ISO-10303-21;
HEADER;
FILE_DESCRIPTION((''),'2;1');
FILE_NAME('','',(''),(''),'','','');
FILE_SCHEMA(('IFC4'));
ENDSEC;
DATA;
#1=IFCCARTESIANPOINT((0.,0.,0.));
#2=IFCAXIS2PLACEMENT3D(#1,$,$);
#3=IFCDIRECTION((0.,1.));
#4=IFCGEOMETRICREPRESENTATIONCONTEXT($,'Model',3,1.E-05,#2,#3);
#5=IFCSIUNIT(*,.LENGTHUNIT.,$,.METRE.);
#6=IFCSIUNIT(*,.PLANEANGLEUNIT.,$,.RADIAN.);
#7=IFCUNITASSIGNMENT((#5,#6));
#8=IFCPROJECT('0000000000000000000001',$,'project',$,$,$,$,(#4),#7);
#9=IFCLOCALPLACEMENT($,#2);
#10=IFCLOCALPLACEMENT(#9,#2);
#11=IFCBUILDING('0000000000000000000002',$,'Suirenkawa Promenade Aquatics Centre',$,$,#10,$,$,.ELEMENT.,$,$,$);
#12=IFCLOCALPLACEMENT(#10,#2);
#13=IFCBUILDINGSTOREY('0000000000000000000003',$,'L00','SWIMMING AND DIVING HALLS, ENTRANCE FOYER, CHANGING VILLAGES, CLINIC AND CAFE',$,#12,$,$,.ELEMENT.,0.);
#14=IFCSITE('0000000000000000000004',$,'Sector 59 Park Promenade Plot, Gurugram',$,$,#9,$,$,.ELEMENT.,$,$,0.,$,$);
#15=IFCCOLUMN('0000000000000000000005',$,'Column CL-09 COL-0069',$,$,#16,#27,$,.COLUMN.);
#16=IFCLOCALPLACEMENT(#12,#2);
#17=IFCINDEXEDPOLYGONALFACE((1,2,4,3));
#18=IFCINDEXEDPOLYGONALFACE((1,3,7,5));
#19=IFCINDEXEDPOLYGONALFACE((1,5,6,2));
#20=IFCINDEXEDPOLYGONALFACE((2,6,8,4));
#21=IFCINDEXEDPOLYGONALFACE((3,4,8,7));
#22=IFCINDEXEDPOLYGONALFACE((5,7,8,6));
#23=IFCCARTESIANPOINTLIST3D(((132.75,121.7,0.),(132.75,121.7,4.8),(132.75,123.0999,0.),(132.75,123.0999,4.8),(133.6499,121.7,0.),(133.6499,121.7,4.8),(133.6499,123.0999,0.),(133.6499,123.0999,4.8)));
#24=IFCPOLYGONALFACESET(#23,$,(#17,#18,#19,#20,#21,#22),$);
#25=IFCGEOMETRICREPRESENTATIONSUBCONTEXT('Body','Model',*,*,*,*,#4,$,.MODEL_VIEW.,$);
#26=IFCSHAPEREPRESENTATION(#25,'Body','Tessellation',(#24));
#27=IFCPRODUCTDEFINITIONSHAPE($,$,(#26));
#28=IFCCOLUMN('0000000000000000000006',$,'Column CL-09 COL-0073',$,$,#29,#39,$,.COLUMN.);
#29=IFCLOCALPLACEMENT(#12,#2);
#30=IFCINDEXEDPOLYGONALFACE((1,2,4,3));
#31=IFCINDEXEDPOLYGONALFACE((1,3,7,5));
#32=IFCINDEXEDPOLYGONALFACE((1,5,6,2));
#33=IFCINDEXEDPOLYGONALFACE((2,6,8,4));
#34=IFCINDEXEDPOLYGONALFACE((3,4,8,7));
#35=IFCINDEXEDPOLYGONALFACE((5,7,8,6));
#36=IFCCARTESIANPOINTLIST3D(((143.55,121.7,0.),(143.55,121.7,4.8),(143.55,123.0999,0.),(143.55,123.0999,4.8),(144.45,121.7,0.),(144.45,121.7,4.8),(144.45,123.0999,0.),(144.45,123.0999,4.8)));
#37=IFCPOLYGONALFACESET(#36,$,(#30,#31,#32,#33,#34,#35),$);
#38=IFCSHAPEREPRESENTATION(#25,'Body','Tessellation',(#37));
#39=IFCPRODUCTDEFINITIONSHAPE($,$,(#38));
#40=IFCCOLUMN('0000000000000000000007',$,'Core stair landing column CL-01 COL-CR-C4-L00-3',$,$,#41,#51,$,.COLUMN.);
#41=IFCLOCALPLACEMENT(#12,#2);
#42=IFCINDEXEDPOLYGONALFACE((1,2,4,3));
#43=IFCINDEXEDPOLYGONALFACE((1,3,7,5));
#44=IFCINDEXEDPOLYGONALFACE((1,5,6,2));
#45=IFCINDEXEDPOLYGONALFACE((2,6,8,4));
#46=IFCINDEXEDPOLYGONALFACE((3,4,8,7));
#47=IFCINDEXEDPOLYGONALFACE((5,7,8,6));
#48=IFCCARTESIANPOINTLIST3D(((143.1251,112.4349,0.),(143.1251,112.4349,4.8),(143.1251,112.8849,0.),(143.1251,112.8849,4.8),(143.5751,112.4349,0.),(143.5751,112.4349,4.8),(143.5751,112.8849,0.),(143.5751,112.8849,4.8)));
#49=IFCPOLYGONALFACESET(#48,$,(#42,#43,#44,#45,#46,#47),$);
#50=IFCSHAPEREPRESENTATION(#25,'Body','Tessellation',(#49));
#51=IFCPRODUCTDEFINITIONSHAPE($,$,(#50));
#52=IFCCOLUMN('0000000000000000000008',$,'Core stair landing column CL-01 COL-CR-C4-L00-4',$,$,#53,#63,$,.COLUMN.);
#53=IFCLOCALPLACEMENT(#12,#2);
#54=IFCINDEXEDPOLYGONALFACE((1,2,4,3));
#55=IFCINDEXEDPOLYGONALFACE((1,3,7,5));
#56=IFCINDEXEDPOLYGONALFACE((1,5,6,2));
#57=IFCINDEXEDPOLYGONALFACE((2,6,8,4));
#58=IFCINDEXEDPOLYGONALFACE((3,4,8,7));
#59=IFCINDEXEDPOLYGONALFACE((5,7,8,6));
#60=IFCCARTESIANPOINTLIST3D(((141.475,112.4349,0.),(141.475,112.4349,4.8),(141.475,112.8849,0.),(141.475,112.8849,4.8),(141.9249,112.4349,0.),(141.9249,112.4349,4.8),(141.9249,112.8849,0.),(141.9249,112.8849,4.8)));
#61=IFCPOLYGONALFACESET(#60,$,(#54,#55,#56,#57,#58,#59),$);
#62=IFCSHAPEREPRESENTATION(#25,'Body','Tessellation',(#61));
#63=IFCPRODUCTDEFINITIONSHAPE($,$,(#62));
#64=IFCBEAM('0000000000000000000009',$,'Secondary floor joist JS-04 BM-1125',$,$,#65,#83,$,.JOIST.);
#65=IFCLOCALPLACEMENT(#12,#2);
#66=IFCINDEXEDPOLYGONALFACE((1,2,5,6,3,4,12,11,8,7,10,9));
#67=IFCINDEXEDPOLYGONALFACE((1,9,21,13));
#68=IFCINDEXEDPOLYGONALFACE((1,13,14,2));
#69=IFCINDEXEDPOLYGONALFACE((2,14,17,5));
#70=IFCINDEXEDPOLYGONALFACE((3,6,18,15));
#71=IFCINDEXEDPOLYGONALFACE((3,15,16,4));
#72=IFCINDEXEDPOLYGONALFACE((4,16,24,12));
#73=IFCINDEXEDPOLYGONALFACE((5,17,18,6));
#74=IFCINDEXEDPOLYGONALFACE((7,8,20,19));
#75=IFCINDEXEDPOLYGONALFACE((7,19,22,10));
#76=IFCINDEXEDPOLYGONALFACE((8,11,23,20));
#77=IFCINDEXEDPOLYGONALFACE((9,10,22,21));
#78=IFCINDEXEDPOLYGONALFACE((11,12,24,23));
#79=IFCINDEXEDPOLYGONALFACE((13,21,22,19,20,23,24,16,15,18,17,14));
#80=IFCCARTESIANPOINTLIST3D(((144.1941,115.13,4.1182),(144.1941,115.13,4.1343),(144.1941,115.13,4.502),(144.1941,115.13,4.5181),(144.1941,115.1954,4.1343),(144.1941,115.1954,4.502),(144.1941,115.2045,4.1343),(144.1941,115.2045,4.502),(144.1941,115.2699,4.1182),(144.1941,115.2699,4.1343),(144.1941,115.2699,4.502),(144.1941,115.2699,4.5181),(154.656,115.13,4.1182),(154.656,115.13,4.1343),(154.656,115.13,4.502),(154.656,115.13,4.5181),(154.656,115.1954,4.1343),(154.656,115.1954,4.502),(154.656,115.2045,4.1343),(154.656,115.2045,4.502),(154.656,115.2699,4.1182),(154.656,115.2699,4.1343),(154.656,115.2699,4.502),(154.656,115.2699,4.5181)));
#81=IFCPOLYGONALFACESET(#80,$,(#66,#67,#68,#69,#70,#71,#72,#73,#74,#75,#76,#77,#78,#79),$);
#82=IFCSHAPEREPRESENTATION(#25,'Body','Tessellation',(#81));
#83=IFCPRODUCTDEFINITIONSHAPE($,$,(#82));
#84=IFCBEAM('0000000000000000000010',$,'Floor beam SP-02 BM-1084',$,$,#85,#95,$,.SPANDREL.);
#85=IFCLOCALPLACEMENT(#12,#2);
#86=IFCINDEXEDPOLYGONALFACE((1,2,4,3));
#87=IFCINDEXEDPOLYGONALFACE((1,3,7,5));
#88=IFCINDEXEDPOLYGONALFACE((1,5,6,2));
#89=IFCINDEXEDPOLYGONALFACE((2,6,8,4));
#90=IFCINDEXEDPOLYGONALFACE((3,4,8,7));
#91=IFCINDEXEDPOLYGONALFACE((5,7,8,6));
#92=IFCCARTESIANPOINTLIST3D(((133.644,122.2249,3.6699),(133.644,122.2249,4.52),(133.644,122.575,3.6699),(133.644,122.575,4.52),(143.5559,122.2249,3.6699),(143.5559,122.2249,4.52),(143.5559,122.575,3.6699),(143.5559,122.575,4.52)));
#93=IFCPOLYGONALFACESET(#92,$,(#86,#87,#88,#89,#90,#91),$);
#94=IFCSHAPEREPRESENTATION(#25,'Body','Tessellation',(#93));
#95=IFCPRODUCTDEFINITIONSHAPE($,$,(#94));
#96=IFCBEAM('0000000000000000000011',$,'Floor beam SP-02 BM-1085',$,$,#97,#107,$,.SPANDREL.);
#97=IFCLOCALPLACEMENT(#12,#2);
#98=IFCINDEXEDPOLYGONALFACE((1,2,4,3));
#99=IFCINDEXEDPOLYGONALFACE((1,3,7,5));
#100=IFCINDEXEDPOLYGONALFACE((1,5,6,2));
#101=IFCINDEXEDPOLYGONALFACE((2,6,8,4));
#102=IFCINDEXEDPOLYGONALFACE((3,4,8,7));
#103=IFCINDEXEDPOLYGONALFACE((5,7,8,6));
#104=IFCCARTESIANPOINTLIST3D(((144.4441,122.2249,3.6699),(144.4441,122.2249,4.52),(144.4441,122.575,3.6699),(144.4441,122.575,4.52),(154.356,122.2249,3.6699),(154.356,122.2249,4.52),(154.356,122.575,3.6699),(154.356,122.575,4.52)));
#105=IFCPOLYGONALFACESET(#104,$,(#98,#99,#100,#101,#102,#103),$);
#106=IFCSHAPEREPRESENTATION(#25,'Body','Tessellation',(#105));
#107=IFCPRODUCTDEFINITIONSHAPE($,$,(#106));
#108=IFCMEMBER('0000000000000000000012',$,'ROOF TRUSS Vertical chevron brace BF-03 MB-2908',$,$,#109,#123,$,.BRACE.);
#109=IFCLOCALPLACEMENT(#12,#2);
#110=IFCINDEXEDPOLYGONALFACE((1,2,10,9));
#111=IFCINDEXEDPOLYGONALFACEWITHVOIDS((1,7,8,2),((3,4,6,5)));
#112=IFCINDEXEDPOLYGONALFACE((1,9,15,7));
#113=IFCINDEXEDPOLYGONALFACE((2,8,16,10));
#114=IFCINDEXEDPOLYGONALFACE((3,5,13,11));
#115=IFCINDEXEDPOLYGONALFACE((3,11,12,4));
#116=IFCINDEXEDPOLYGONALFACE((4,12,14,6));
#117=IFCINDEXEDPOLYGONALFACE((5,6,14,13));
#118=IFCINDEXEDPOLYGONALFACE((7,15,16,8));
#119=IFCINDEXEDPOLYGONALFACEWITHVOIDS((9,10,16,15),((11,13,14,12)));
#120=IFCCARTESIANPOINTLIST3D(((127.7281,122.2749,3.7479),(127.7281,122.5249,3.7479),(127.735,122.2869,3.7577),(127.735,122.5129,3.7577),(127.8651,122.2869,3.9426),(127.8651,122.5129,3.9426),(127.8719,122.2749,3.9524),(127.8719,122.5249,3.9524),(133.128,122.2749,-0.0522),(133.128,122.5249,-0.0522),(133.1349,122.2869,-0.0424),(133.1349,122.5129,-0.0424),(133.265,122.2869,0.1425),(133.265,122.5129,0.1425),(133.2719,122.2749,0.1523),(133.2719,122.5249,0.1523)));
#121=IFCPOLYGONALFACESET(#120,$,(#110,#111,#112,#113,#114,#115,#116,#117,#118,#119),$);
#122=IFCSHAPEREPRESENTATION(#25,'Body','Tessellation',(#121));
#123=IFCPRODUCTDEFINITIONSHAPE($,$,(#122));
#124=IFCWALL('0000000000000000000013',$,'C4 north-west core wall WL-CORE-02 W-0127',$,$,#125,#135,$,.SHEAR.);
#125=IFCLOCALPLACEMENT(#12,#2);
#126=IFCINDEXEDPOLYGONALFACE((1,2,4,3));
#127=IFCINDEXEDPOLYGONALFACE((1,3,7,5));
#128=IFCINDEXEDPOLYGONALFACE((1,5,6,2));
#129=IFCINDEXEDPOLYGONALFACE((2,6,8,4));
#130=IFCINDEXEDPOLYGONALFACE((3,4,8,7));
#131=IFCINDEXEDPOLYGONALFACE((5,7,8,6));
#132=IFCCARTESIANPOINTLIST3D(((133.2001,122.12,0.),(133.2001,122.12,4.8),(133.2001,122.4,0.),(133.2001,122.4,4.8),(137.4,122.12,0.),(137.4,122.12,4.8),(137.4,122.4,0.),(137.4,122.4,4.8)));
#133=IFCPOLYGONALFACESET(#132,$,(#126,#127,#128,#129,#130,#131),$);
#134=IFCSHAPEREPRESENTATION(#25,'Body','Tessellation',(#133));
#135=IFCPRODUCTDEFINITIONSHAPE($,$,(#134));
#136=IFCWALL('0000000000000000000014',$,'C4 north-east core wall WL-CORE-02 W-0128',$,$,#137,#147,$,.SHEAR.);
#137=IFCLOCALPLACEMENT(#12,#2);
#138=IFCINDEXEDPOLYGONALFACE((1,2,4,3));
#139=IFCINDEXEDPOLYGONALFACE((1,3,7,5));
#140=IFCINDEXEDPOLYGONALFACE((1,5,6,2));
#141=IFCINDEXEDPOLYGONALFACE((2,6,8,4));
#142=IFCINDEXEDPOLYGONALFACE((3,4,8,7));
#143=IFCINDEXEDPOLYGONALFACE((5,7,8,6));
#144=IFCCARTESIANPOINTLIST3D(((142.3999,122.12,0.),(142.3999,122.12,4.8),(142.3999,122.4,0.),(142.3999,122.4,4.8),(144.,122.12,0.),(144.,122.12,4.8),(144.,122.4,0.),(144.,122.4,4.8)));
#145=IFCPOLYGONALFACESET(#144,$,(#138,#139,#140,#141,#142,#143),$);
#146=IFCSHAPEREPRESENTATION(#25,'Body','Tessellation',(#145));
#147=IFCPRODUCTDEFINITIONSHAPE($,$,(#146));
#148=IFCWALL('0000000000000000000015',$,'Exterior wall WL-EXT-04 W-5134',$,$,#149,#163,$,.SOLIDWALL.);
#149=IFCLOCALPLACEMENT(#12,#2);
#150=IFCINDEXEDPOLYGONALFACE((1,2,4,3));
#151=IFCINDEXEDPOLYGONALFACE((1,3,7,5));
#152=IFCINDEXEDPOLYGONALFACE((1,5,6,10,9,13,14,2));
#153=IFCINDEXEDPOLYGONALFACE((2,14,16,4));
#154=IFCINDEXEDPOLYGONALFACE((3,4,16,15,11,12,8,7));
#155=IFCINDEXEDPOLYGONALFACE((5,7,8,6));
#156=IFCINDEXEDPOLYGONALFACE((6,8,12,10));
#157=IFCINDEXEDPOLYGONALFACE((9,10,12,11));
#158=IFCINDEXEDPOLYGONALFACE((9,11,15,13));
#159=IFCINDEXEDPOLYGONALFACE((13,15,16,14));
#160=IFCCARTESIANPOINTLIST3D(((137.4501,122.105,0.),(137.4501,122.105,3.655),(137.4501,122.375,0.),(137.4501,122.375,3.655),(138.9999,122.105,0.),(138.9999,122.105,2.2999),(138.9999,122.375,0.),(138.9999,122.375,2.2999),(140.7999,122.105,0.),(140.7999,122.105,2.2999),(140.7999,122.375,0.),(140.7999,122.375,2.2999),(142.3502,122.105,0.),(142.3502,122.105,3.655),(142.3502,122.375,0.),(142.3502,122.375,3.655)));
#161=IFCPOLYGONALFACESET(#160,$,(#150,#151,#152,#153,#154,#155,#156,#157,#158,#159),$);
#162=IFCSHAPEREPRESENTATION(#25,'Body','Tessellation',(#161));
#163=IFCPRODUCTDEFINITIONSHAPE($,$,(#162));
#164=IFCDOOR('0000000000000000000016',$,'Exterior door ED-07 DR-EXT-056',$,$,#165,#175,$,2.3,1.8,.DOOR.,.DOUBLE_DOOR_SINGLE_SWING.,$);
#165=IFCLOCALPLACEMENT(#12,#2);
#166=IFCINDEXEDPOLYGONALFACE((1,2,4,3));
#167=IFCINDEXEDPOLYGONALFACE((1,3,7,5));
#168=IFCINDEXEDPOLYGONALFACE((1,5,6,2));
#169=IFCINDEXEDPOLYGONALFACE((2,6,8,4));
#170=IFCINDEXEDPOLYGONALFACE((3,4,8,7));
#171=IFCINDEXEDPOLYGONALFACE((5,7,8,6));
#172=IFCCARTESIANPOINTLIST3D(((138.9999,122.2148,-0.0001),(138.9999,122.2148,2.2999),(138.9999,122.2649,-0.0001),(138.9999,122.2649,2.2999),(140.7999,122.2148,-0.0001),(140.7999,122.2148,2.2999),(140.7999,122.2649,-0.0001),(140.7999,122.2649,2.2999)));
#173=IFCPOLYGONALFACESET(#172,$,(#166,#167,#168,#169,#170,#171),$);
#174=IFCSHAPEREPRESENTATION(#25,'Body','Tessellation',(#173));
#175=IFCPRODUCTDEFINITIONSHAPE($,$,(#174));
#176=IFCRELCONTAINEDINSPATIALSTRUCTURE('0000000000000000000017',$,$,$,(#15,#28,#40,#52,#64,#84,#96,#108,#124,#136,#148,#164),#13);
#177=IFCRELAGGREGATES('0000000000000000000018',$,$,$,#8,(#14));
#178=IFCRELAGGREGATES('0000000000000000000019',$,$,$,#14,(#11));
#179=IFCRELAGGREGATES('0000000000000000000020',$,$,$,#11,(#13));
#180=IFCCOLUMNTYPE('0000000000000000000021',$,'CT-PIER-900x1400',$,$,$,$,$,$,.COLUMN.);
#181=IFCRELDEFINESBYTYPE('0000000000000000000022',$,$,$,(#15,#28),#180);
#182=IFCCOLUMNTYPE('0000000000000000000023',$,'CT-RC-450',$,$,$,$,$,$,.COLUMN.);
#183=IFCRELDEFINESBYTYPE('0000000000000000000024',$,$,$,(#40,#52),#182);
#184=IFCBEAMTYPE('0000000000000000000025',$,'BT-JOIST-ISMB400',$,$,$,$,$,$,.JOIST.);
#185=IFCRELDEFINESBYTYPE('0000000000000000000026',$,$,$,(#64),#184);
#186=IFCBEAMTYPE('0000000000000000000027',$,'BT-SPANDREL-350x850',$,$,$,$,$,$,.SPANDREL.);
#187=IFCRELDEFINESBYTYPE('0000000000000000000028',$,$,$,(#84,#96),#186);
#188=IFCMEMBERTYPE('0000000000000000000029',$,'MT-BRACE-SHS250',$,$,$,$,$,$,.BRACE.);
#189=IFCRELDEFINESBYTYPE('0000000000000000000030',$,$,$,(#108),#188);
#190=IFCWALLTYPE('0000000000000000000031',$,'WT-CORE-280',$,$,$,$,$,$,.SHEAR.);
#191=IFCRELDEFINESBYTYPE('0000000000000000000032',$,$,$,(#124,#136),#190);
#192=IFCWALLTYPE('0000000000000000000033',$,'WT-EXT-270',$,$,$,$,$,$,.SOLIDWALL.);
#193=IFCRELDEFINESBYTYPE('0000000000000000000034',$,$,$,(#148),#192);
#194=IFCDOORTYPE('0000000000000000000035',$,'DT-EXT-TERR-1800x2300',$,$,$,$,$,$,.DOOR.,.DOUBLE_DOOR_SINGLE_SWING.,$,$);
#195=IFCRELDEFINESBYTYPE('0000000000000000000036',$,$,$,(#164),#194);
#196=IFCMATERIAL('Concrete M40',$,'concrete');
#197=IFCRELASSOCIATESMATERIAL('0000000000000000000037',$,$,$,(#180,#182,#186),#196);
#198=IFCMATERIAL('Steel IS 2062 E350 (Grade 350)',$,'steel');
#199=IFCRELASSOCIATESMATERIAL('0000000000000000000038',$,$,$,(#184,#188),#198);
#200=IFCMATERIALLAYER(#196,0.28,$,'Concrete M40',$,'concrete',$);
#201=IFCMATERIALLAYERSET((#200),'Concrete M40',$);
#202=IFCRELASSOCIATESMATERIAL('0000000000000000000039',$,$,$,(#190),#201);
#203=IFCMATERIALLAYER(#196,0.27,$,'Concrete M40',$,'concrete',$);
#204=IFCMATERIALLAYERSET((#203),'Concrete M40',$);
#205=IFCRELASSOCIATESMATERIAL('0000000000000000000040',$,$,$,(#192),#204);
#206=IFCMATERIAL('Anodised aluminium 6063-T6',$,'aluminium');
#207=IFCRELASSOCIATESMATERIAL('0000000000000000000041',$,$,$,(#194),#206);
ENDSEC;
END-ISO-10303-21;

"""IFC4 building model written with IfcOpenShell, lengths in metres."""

from ifc_helpers import new_model, si_unit, direction, frame, frame_2d, origin, origin_2d, place, context, subcontext, project, spatial, rectangle, hollow_rectangle, i_section, extrude, material, layer, layer_set, material_profile, profile_set, type_object, element, fill, save


model = new_model("IFC4")

# Units and contexts
model_context = context("Model", 3, precision=1e-05, world=origin(), true_north=direction((0.0, 1.0)))
body_context = subcontext(model_context, "Body", "Model", "MODEL_VIEW")
ifc_project = project(units=[si_unit("LENGTHUNIT", "METRE"), si_unit("PLANEANGLEUNIT", "RADIAN")], contexts=[model_context])

# Site, building, storey
site_placement = place(None, origin())
site = spatial("IfcSite", under=ifc_project, at=site_placement, Name="Sector 59 Park Promenade Plot, Gurugram", CompositionType="ELEMENT", RefElevation=0.0)
building_placement = place(site_placement, origin())
building = spatial("IfcBuilding", under=site, at=building_placement, Name="Suirenkawa Promenade Aquatics Centre", CompositionType="ELEMENT")
storey_placement = place(building_placement, origin())
storey = spatial("IfcBuildingStorey", under=building, at=storey_placement, Name="L00", Description="SWIMMING AND DIVING HALLS, ENTRANCE FOYER, CHANGING VILLAGES, CLINIC AND CAFE", CompositionType="ELEMENT", Elevation=0.0)

# Columns
ifc_material_1 = material(Name="Concrete M40", Category="concrete")
ifc_material_profile_1 = material_profile(ifc_material_1, rectangle(XDim=0.8999, YDim=1.3999, at=origin_2d()), Name="RC PIER 900x1400", Category="concrete")
ifc_profile_set_1 = profile_set([ifc_material_profile_1], Name="Concrete M40")
column_type_1 = type_object("IfcColumnType", Name="CT-PIER-900x1400", PredefinedType="COLUMN", material=ifc_profile_set_1)
for number, where, z_axis, x_axis, name in (
    (1, (133.2, 122.3999, 0.0), (0.0, 0.0, 1.0), (1.0, 0.0, 0.0), "Column CL-09 COL-0069"),
    (2, (144.0, 122.3999, 0.0), (0.0, 0.0, 1.0), (1.0, 0.0, 0.0), "Column CL-09 COL-0073"),
):
    element("IfcColumn", number, at=place(storey_placement, frame(where, z_axis=z_axis, x_axis=x_axis)), inside=storey, type_object=column_type_1, Name=name, PredefinedType="COLUMN", context=body_context, shape_type="SweptSolid", body=[
        extrude(rectangle(XDim=0.8999, YDim=1.3999, at=origin_2d()), origin(), (0.0, 0.0, 1.0), 4.8),
    ])
ifc_material_profile_2 = material_profile(ifc_material_1, rectangle(XDim=0.45, YDim=0.45, at=origin_2d()), Name="RC COL 450x450", Category="concrete")
ifc_profile_set_2 = profile_set([ifc_material_profile_2], Name="Concrete M40")
column_type_2 = type_object("IfcColumnType", Name="CT-RC-450", PredefinedType="COLUMN", material=ifc_profile_set_2)
for number, where, z_axis, x_axis, name in (
    (3, (143.3501, 112.6599, 0.0), (0.0, 0.0, 1.0), (1.0, 0.0, 0.0), "Core stair landing column CL-01 COL-CR-C4-L00-3"),
    (4, (141.7, 112.6599, 0.0), (0.0, 0.0, 1.0), (1.0, 0.0, 0.0), "Core stair landing column CL-01 COL-CR-C4-L00-4"),
):
    element("IfcColumn", number, at=place(storey_placement, frame(where, z_axis=z_axis, x_axis=x_axis)), inside=storey, type_object=column_type_2, Name=name, PredefinedType="COLUMN", context=body_context, shape_type="SweptSolid", body=[
        extrude(rectangle(XDim=0.45, YDim=0.45, at=origin_2d()), origin(), (0.0, 0.0, 1.0), 4.8),
    ])

# Beams
ifc_material_2 = material(Name="Steel IS 2062 E350 (Grade 350)", Category="steel")
ifc_material_profile_3 = material_profile(ifc_material_2, i_section(OverallWidth=0.1399, OverallDepth=0.3999, WebThickness=0.009, FlangeThickness=0.0161, at=origin_2d()), Name="ISMB 400", Category="steel")
ifc_profile_set_3 = profile_set([ifc_material_profile_3], Name="Steel IS 2062 E350 (Grade 350)")
beam_type_1 = type_object("IfcBeamType", Name="BT-JOIST-ISMB400", PredefinedType="JOIST", material=ifc_profile_set_3)
beam_placement = place(storey_placement, frame((144.1941, 115.2, 4.3181), z_axis=(1.0, 0.0, 0.0), x_axis=(0.0, 1.0, 0.0)))
element("IfcBeam", 5, at=beam_placement, inside=storey, type_object=beam_type_1, Name="Secondary floor joist JS-04 BM-1125", PredefinedType="JOIST", context=body_context, shape_type="SweptSolid", body=[
    extrude(i_section(OverallWidth=0.1399, OverallDepth=0.3999, WebThickness=0.009, FlangeThickness=0.0161, at=origin_2d()), origin(), (0.0, 0.0, 1.0), 10.4619),
])
ifc_material_profile_4 = material_profile(ifc_material_1, rectangle(XDim=0.3501, YDim=0.8501, at=origin_2d()), Name="RC SPANDREL 350x850", Category="concrete")
ifc_profile_set_4 = profile_set([ifc_material_profile_4], Name="Concrete M40")
beam_type_2 = type_object("IfcBeamType", Name="BT-SPANDREL-350x850", PredefinedType="SPANDREL", material=ifc_profile_set_4)
for number, where, z_axis, x_axis, name in (
    (6, (133.644, 122.3999, 4.095), (1.0, 0.0, 0.0), (0.0, 1.0, 0.0), "Floor beam SP-02 BM-1084"),
    (7, (144.4441, 122.3999, 4.095), (1.0, 0.0, 0.0), (0.0, 1.0, 0.0), "Floor beam SP-02 BM-1085"),
):
    element("IfcBeam", number, at=place(storey_placement, frame(where, z_axis=z_axis, x_axis=x_axis)), inside=storey, type_object=beam_type_2, Name=name, PredefinedType="SPANDREL", context=body_context, shape_type="SweptSolid", body=[
        extrude(rectangle(XDim=0.3501, YDim=0.8501, at=origin_2d()), origin(), (0.0, 0.0, 1.0), 9.9119),
    ])

# Member
ifc_material_profile_5 = material_profile(ifc_material_2, hollow_rectangle(XDim=0.25, YDim=0.25, WallThickness=0.012, at=origin_2d()), Name="SHS 250x250x12", Category="steel")
ifc_profile_set_5 = profile_set([ifc_material_profile_5], Name="Steel IS 2062 E350 (Grade 350)")
member_type = type_object("IfcMemberType", Name="MT-BRACE-SHS250", PredefinedType="BRACE", material=ifc_profile_set_5)
member_placement = place(storey_placement, frame((133.2, 122.3999, 0.05), z_axis=(-0.817798, 0.0, 0.575505), x_axis=(0.0, -1.0, 0.0)))
element("IfcMember", 8, at=member_placement, inside=storey, type_object=member_type, Name="ROOF TRUSS Vertical chevron brace BF-03 MB-2908", PredefinedType="BRACE", context=body_context, shape_type="SweptSolid", body=[
    extrude(hollow_rectangle(XDim=0.25, YDim=0.25, WallThickness=0.012, at=origin_2d()), origin(), (0.0, 0.0, 1.0), 6.603),
])

# Walls
ifc_layer_1 = layer(ifc_material_1, 0.28, Name="Concrete M40", Category="concrete")
ifc_layer_set_1 = layer_set([ifc_layer_1], Name="Concrete M40")
wall_type_1 = type_object("IfcWallType", Name="WT-CORE-280", PredefinedType="SHEAR", material=ifc_layer_set_1)
wall_1_placement = place(storey_placement, frame((133.2, 122.26, 0.0), z_axis=(0.0, 0.0, 1.0), x_axis=(1.0, 0.0, 0.0)))
element("IfcWall", 9, at=wall_1_placement, inside=storey, type_object=wall_type_1, Name="C4 north-west core wall WL-CORE-02 W-0127", PredefinedType="SHEAR", context=body_context, shape_type="SweptSolid", body=[
    extrude(rectangle(XDim=4.2, YDim=0.28, at=frame_2d((2.1001, 0.0))), origin(), (0.0, 0.0, 1.0), 4.8),
])
wall_2_placement = place(storey_placement, frame((142.3999, 122.26, 0.0), z_axis=(0.0, 0.0, 1.0), x_axis=(1.0, 0.0, 0.0)))
element("IfcWall", 10, at=wall_2_placement, inside=storey, type_object=wall_type_1, Name="C4 north-east core wall WL-CORE-02 W-0128", PredefinedType="SHEAR", context=body_context, shape_type="SweptSolid", body=[
    extrude(rectangle(XDim=1.6001, YDim=0.28, at=frame_2d((0.8, 0.0))), origin(), (0.0, 0.0, 1.0), 4.8),
])

# Wall, opening, door
ifc_layer_2 = layer(ifc_material_1, 0.27, Name="Concrete M40", Category="concrete")
ifc_layer_set_2 = layer_set([ifc_layer_2], Name="Concrete M40")
wall_type_2 = type_object("IfcWallType", Name="WT-EXT-270", PredefinedType="SOLIDWALL", material=ifc_layer_set_2)
wall_3_placement = place(storey_placement, frame((137.45, 122.24, 0.0), z_axis=(0.0, 0.0, 1.0), x_axis=(1.0, 0.0, 0.0)))
wall_3 = element("IfcWall", 11, at=wall_3_placement, inside=storey, type_object=wall_type_2, Name="Exterior wall WL-EXT-04 W-5134", PredefinedType="SOLIDWALL", context=body_context, shape_type="SweptSolid", body=[
    extrude(rectangle(XDim=4.9001, YDim=0.27, at=frame_2d((2.4502, 0.0))), origin(), (0.0, 0.0, 1.0), 3.655),
])
opening_1_placement = place(wall_3_placement, frame((1.55, 0.0, 0.0)))
opening_1 = element("IfcOpeningElement", 12, at=opening_1_placement, cuts=wall_3, PredefinedType="OPENING", context=body_context, shape_type="SweptSolid", body=[
    extrude(rectangle(XDim=1.8, YDim=2.3, at=frame_2d((0.8999, 1.1499))), frame((0.0, 0.145, 0.0), z_axis=(0.0, -1.0, 0.0), x_axis=(1.0, 0.0, 0.0)), (0.0, 0.0, 1.0), 0.29),
])
ifc_material_3 = material(Name="Anodised aluminium 6063-T6", Category="aluminium")
door_type_1 = type_object("IfcDoorType", Name="DT-EXT-TERR-1800x2300", OperationType="DOUBLE_DOOR_SINGLE_SWING", PredefinedType="DOOR", material=ifc_material_3)
door_1_placement = place(opening_1_placement, origin())
door_1 = element("IfcDoor", 13, at=door_1_placement, inside=storey, type_object=door_type_1, Name="Exterior door ED-07 DR-EXT-056", OperationType="DOUBLE_DOOR_SINGLE_SWING", OverallHeight=2.3, OverallWidth=1.8, PredefinedType="DOOR", context=body_context, shape_type="SweptSolid", body=[
    extrude(rectangle(XDim=1.8, YDim=2.3, at=frame_2d((0.8999, 1.1499))), frame((0.0, 0.0249, 0.0), z_axis=(0.0, -1.0, 0.0), x_axis=(1.0, 0.0, 0.0)), (0.0, 0.0, 1.0), 0.05),
])
fill(opening_1, door_1)

save(model, "model.ifc")
